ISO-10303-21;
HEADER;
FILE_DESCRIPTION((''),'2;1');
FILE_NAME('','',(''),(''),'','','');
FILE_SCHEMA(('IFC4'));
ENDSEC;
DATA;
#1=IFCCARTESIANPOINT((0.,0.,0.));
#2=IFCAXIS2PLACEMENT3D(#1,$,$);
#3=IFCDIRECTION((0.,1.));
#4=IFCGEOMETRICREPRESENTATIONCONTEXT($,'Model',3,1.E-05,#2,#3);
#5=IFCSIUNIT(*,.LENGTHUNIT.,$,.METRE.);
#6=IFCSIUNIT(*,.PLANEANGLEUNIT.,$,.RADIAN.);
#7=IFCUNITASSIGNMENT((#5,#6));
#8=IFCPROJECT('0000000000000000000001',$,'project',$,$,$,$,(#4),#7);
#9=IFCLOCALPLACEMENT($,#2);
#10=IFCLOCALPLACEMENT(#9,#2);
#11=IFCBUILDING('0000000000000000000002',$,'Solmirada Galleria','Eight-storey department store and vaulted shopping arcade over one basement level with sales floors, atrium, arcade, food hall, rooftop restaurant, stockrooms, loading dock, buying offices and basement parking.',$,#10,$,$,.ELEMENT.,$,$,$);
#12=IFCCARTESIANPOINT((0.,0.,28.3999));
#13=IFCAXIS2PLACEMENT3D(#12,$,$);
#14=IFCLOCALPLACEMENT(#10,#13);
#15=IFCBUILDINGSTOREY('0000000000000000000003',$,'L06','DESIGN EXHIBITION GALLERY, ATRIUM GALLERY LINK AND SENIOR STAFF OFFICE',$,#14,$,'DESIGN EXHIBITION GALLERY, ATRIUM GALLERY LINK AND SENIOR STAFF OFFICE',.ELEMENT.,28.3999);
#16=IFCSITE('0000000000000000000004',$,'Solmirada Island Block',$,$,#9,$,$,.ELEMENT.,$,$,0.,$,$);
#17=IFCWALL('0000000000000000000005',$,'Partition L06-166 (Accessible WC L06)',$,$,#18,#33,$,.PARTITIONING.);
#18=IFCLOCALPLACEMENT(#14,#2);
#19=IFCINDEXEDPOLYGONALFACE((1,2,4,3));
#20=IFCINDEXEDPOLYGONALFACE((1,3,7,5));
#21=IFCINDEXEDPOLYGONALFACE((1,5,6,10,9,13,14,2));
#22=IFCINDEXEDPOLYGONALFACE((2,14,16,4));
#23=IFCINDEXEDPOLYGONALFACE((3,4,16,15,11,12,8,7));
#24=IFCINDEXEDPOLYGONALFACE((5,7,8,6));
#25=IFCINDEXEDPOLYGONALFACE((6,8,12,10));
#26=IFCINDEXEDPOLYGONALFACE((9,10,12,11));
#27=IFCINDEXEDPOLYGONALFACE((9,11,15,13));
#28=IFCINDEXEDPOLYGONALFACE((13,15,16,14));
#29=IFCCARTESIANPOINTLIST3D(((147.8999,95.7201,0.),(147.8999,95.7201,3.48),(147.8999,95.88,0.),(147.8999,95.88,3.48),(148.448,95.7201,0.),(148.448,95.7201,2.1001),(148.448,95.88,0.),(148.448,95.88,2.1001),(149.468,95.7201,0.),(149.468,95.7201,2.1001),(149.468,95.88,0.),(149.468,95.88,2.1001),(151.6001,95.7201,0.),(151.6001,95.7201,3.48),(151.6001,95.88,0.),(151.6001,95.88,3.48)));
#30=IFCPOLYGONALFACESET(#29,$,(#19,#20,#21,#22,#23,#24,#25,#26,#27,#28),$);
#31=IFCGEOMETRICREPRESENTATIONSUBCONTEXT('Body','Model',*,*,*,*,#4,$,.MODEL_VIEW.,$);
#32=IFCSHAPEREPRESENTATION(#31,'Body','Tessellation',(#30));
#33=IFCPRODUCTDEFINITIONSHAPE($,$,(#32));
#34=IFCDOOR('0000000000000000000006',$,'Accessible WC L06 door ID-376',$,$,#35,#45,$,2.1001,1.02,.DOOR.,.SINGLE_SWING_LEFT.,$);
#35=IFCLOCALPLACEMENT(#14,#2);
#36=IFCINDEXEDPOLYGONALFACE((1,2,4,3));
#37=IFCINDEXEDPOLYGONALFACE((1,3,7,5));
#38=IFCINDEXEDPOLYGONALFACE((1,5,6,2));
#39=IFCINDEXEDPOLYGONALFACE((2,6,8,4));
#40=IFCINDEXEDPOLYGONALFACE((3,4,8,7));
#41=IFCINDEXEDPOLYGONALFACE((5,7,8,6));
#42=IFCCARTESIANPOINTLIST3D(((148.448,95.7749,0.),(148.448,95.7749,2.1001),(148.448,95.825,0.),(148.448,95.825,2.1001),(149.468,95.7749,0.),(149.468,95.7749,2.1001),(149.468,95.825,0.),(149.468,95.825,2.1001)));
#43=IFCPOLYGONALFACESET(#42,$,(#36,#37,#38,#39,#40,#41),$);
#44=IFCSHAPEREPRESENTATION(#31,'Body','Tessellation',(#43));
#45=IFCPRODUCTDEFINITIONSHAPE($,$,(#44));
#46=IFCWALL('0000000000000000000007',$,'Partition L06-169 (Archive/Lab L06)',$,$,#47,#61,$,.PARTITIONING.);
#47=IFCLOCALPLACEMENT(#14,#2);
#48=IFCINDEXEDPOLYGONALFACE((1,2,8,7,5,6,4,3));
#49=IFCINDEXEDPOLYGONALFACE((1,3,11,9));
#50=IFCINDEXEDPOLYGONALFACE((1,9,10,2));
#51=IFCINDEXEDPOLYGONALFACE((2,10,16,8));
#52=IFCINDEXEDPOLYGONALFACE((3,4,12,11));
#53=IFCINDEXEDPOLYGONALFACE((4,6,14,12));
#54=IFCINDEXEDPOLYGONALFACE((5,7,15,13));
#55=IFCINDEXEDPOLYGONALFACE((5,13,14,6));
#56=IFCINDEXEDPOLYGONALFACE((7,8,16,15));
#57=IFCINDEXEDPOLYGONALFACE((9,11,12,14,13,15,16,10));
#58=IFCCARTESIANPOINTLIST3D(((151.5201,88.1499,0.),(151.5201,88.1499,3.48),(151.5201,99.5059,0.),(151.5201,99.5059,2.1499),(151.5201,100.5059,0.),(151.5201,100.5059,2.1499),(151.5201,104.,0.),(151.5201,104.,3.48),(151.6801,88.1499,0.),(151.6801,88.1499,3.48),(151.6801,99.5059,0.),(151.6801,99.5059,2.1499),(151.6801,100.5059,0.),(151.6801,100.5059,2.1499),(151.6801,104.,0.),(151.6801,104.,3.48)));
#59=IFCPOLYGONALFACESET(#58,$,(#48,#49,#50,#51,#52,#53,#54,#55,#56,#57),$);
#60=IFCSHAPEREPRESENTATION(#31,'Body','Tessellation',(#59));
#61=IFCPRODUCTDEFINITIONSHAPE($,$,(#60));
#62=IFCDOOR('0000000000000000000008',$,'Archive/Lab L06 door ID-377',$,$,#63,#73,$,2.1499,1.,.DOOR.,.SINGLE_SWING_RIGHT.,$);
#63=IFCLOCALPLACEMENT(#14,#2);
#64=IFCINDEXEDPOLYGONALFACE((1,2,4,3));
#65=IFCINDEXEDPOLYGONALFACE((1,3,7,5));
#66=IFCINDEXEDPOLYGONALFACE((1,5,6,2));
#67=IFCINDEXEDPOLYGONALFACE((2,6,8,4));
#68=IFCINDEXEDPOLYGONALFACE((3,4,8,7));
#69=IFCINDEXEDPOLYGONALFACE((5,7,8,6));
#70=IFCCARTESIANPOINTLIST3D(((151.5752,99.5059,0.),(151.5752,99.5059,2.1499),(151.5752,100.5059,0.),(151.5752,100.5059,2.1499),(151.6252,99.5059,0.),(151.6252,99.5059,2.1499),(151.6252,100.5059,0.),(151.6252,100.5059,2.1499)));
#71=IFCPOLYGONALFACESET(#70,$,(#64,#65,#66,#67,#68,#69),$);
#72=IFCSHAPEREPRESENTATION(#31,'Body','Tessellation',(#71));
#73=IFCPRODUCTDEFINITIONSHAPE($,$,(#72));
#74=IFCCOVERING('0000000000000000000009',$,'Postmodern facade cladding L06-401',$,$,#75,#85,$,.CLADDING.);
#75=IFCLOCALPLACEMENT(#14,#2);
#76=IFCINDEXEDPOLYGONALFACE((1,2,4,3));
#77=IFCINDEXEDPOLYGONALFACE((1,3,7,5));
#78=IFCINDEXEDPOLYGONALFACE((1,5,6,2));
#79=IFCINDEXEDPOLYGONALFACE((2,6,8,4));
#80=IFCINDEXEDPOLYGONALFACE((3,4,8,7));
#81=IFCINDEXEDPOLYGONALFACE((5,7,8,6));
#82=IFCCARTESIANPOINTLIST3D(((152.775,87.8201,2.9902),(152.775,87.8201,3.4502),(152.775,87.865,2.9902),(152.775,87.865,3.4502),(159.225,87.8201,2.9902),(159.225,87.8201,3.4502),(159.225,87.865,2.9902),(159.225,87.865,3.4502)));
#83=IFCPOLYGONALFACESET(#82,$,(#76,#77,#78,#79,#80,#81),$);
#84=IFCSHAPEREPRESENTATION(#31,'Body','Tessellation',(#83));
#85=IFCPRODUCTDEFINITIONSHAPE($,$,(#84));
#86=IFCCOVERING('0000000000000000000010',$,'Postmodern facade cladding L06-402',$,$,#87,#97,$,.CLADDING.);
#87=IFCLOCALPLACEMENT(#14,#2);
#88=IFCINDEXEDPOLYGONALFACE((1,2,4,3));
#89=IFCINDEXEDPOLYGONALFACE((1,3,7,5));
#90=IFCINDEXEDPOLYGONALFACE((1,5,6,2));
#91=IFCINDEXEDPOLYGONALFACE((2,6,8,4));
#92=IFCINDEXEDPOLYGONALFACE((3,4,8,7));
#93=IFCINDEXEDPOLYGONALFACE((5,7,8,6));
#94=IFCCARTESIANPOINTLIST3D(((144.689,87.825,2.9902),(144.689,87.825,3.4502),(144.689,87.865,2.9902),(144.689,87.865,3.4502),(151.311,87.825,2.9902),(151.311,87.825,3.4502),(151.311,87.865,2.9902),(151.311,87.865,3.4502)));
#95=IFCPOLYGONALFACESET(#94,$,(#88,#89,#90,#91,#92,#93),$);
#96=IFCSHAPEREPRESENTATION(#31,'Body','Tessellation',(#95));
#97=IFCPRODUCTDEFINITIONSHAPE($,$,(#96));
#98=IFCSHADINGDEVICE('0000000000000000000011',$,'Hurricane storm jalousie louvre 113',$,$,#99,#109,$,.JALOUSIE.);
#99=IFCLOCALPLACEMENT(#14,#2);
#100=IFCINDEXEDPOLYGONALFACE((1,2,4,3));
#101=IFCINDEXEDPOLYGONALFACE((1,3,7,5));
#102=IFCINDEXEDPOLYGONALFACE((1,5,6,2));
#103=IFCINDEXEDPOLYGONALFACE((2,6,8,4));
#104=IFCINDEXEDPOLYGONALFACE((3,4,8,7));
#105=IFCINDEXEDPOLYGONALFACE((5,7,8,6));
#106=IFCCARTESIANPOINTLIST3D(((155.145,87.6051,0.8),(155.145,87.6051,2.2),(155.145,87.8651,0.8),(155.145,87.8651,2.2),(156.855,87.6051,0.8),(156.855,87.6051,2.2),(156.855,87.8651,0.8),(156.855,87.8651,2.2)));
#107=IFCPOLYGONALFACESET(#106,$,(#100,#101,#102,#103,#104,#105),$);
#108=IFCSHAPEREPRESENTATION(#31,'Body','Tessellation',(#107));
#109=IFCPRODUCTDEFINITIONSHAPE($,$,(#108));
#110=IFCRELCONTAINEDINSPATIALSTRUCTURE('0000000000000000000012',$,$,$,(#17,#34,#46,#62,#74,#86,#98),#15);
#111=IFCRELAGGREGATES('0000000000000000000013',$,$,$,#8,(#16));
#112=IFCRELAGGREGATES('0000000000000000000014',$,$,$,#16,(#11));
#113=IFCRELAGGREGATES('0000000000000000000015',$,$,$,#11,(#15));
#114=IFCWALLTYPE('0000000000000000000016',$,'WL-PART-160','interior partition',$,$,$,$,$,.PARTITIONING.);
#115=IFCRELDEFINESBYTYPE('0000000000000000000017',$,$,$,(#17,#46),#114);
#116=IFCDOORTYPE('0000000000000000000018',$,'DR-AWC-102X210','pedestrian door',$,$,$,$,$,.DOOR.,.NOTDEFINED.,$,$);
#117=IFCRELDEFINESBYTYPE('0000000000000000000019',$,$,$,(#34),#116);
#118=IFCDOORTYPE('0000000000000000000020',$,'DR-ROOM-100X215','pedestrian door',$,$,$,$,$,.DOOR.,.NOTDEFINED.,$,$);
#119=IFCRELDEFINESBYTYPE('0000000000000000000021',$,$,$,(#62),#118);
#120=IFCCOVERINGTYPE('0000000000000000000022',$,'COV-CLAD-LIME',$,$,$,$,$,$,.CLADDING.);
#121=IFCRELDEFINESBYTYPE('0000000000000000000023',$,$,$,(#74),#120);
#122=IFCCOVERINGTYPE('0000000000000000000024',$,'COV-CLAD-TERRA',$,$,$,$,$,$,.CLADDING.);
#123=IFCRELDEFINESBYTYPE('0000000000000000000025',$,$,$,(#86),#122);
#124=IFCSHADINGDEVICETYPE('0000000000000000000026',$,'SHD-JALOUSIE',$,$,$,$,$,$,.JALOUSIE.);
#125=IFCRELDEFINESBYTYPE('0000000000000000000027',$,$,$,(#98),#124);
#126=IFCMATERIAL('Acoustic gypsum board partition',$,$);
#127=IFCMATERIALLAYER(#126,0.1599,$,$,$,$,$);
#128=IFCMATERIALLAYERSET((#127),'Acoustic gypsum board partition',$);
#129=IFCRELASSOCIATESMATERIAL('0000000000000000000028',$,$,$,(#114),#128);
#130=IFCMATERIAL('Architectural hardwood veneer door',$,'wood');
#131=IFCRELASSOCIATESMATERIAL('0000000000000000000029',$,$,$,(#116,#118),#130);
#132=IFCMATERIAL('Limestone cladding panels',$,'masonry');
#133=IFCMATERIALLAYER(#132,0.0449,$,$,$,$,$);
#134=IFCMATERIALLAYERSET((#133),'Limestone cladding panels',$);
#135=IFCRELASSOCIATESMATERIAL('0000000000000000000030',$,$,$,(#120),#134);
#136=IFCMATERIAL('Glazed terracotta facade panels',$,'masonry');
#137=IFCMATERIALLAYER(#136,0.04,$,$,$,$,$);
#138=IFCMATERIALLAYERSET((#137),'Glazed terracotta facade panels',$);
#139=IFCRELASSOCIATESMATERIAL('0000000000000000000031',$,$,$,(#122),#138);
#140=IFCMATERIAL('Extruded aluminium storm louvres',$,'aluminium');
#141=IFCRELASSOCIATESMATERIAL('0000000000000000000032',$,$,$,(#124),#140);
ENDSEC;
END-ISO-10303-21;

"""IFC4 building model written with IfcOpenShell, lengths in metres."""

from ifc_helpers import new_model, si_unit, direction, frame, frame_2d, origin, origin_2d, place, context, subcontext, project, spatial, rectangle, extrude, material, layer, layer_set, type_object, element, fill, save


model = new_model("IFC4")

# Units and contexts
model_context = context("Model", 3, precision=1e-05, world=origin(), true_north=direction((0.0, 1.0)))
body_context = subcontext(model_context, "Body", "Model", "MODEL_VIEW")
ifc_project = project(units=[si_unit("LENGTHUNIT", "METRE"), si_unit("PLANEANGLEUNIT", "RADIAN")], contexts=[model_context])

# Site, building, storey
site_placement = place(None, origin())
site = spatial("IfcSite", under=ifc_project, at=site_placement, Name="Solmirada Island Block", CompositionType="ELEMENT", RefElevation=0.0)
building_placement = place(site_placement, origin())
building = spatial("IfcBuilding", under=site, at=building_placement, Name="Solmirada Galleria", Description="Eight-storey department store and vaulted shopping arcade over one basement level with sales floors, atrium, arcade, food hall, rooftop restaurant, stockrooms, loading dock, buying offices and basement parking.", CompositionType="ELEMENT")
storey_placement = place(building_placement, frame((0.0, 0.0, 28.3999)))
storey = spatial("IfcBuildingStorey", under=building, at=storey_placement, Name="L06", Description="DESIGN EXHIBITION GALLERY, ATRIUM GALLERY LINK AND SENIOR STAFF OFFICE", LongName="DESIGN EXHIBITION GALLERY, ATRIUM GALLERY LINK AND SENIOR STAFF OFFICE", CompositionType="ELEMENT", Elevation=28.3999)

# Shared definitions
ifc_material_1 = material(Name="Acoustic gypsum board partition")

# Walls, openings, doors
ifc_layer_1 = layer(ifc_material_1, 0.1599)
ifc_layer_set_1 = layer_set([ifc_layer_1], Name="Acoustic gypsum board partition")
wall_type_1 = type_object("IfcWallType", Name="WL-PART-160", Description="interior partition", PredefinedType="PARTITIONING", material=ifc_layer_set_1)
wall_1_placement = place(storey_placement, frame((147.8999, 95.8, 0.0), z_axis=(0.0, 0.0, 1.0), x_axis=(1.0, 0.0, 0.0)))
wall_1 = element("IfcWall", 1, at=wall_1_placement, inside=storey, type_object=wall_type_1, Name="Partition L06-166 (Accessible WC L06)", PredefinedType="PARTITIONING", context=body_context, shape_type="SweptSolid", body=[
    extrude(rectangle(XDim=3.7002, YDim=0.1599, at=frame_2d((1.8501, 0.0))), origin(), (0.0, 0.0, 1.0), 3.48),
])
opening_1_placement = place(wall_1_placement, frame((0.5481, 0.0, 0.0)))
opening_1 = element("IfcOpeningElement", 2, at=opening_1_placement, cuts=wall_1, PredefinedType="OPENING", context=body_context, shape_type="SweptSolid", body=[
    extrude(rectangle(XDim=1.02, YDim=2.1001, at=frame_2d((0.51, 1.05))), frame((0.0, 0.0898, 0.0), z_axis=(0.0, -1.0, 0.0), x_axis=(1.0, 0.0, 0.0)), (0.0, 0.0, 1.0), 0.1799),
])
ifc_material_2 = material(Name="Architectural hardwood veneer door", Category="wood")
door_type_1 = type_object("IfcDoorType", Name="DR-AWC-102X210", Description="pedestrian door", OperationType="NOTDEFINED", PredefinedType="DOOR", material=ifc_material_2)
door_1_placement = place(opening_1_placement, origin())
door_1 = element("IfcDoor", 3, at=door_1_placement, inside=storey, type_object=door_type_1, Name="Accessible WC L06 door ID-376", OperationType="SINGLE_SWING_LEFT", OverallHeight=2.1001, OverallWidth=1.02, PredefinedType="DOOR", context=body_context, shape_type="SweptSolid", body=[
    extrude(rectangle(XDim=1.02, YDim=2.1001, at=frame_2d((0.51, 1.05))), frame((0.0, 0.0249, 0.0), z_axis=(0.0, -1.0, 0.0), x_axis=(1.0, 0.0, 0.0)), (0.0, 0.0, 1.0), 0.05),
])
fill(opening_1, door_1)
wall_2_placement = place(storey_placement, frame((151.6001, 88.1499, 0.0), z_axis=(0.0, 0.0, 1.0), x_axis=(0.0, 1.0, 0.0)))
wall_2 = element("IfcWall", 4, at=wall_2_placement, inside=storey, type_object=wall_type_1, Name="Partition L06-169 (Archive/Lab L06)", PredefinedType="PARTITIONING", context=body_context, shape_type="SweptSolid", body=[
    extrude(rectangle(XDim=15.8501, YDim=0.1599, at=frame_2d((7.925, 0.0))), origin(), (0.0, 0.0, 1.0), 3.48),
])
opening_2_placement = place(wall_2_placement, frame((11.356, 0.0, 0.0)))
opening_2 = element("IfcOpeningElement", 5, at=opening_2_placement, cuts=wall_2, PredefinedType="OPENING", context=body_context, shape_type="SweptSolid", body=[
    extrude(rectangle(XDim=1.0, YDim=2.1499, at=frame_2d((0.5, 1.075))), frame((0.0, 0.0898, 0.0), z_axis=(0.0, -1.0, 0.0), x_axis=(1.0, 0.0, 0.0)), (0.0, 0.0, 1.0), 0.1799),
])
door_type_2 = type_object("IfcDoorType", Name="DR-ROOM-100X215", Description="pedestrian door", OperationType="NOTDEFINED", PredefinedType="DOOR", material=ifc_material_2)
door_2_placement = place(opening_2_placement, origin())
door_2 = element("IfcDoor", 6, at=door_2_placement, inside=storey, type_object=door_type_2, Name="Archive/Lab L06 door ID-377", OperationType="SINGLE_SWING_RIGHT", OverallHeight=2.1499, OverallWidth=1.0, PredefinedType="DOOR", context=body_context, shape_type="SweptSolid", body=[
    extrude(rectangle(XDim=1.0, YDim=2.1499, at=frame_2d((0.5, 1.075))), frame((0.0, 0.0249, 0.0), z_axis=(0.0, -1.0, 0.0), x_axis=(1.0, 0.0, 0.0)), (0.0, 0.0, 1.0), 0.05),
])
fill(opening_2, door_2)

# Coverings
ifc_material_3 = material(Name="Limestone cladding panels", Category="masonry")
ifc_layer_2 = layer(ifc_material_3, 0.0449)
ifc_layer_set_2 = layer_set([ifc_layer_2], Name="Limestone cladding panels")
covering_type_1 = type_object("IfcCoveringType", Name="COV-CLAD-LIME", PredefinedType="CLADDING", material=ifc_layer_set_2)
covering_1_placement = place(storey_placement, frame((156.0, 87.8425, 2.9902), z_axis=(0.0, 0.0, 1.0), x_axis=(-1.0, 0.0, 0.0)))
element("IfcCovering", 7, at=covering_1_placement, inside=storey, type_object=covering_type_1, Name="Postmodern facade cladding L06-401", PredefinedType="CLADDING", context=body_context, shape_type="SweptSolid", body=[
    extrude(rectangle(XDim=6.45, YDim=0.0449, at=origin_2d()), origin(), (0.0, 0.0, 1.0), 0.46),
])
ifc_material_4 = material(Name="Glazed terracotta facade panels", Category="masonry")
ifc_layer_3 = layer(ifc_material_4, 0.04)
ifc_layer_set_3 = layer_set([ifc_layer_3], Name="Glazed terracotta facade panels")
covering_type_2 = type_object("IfcCoveringType", Name="COV-CLAD-TERRA", PredefinedType="CLADDING", material=ifc_layer_set_3)
covering_2_placement = place(storey_placement, frame((148.0, 87.845, 2.9902), z_axis=(0.0, 0.0, 1.0), x_axis=(-1.0, 0.0, 0.0)))
element("IfcCovering", 8, at=covering_2_placement, inside=storey, type_object=covering_type_2, Name="Postmodern facade cladding L06-402", PredefinedType="CLADDING", context=body_context, shape_type="SweptSolid", body=[
    extrude(rectangle(XDim=6.6221, YDim=0.04, at=origin_2d()), origin(), (0.0, 0.0, 1.0), 0.46),
])

# Shading device
ifc_material_5 = material(Name="Extruded aluminium storm louvres", Category="aluminium")
shading_device_type = type_object("IfcShadingDeviceType", Name="SHD-JALOUSIE", PredefinedType="JALOUSIE", material=ifc_material_5)
shading_device_placement = place(storey_placement, frame((156.0, 87.7351, 0.8), z_axis=(0.0, 0.0, 1.0), x_axis=(-1.0, 0.0, 0.0)))
element("IfcShadingDevice", 9, at=shading_device_placement, inside=storey, type_object=shading_device_type, Name="Hurricane storm jalousie louvre 113", PredefinedType="JALOUSIE", context=body_context, shape_type="SweptSolid", body=[
    extrude(rectangle(XDim=1.71, YDim=0.26, at=origin_2d()), origin(), (0.0, 0.0, 1.0), 1.3999),
])

save(model, "model.ifc")
